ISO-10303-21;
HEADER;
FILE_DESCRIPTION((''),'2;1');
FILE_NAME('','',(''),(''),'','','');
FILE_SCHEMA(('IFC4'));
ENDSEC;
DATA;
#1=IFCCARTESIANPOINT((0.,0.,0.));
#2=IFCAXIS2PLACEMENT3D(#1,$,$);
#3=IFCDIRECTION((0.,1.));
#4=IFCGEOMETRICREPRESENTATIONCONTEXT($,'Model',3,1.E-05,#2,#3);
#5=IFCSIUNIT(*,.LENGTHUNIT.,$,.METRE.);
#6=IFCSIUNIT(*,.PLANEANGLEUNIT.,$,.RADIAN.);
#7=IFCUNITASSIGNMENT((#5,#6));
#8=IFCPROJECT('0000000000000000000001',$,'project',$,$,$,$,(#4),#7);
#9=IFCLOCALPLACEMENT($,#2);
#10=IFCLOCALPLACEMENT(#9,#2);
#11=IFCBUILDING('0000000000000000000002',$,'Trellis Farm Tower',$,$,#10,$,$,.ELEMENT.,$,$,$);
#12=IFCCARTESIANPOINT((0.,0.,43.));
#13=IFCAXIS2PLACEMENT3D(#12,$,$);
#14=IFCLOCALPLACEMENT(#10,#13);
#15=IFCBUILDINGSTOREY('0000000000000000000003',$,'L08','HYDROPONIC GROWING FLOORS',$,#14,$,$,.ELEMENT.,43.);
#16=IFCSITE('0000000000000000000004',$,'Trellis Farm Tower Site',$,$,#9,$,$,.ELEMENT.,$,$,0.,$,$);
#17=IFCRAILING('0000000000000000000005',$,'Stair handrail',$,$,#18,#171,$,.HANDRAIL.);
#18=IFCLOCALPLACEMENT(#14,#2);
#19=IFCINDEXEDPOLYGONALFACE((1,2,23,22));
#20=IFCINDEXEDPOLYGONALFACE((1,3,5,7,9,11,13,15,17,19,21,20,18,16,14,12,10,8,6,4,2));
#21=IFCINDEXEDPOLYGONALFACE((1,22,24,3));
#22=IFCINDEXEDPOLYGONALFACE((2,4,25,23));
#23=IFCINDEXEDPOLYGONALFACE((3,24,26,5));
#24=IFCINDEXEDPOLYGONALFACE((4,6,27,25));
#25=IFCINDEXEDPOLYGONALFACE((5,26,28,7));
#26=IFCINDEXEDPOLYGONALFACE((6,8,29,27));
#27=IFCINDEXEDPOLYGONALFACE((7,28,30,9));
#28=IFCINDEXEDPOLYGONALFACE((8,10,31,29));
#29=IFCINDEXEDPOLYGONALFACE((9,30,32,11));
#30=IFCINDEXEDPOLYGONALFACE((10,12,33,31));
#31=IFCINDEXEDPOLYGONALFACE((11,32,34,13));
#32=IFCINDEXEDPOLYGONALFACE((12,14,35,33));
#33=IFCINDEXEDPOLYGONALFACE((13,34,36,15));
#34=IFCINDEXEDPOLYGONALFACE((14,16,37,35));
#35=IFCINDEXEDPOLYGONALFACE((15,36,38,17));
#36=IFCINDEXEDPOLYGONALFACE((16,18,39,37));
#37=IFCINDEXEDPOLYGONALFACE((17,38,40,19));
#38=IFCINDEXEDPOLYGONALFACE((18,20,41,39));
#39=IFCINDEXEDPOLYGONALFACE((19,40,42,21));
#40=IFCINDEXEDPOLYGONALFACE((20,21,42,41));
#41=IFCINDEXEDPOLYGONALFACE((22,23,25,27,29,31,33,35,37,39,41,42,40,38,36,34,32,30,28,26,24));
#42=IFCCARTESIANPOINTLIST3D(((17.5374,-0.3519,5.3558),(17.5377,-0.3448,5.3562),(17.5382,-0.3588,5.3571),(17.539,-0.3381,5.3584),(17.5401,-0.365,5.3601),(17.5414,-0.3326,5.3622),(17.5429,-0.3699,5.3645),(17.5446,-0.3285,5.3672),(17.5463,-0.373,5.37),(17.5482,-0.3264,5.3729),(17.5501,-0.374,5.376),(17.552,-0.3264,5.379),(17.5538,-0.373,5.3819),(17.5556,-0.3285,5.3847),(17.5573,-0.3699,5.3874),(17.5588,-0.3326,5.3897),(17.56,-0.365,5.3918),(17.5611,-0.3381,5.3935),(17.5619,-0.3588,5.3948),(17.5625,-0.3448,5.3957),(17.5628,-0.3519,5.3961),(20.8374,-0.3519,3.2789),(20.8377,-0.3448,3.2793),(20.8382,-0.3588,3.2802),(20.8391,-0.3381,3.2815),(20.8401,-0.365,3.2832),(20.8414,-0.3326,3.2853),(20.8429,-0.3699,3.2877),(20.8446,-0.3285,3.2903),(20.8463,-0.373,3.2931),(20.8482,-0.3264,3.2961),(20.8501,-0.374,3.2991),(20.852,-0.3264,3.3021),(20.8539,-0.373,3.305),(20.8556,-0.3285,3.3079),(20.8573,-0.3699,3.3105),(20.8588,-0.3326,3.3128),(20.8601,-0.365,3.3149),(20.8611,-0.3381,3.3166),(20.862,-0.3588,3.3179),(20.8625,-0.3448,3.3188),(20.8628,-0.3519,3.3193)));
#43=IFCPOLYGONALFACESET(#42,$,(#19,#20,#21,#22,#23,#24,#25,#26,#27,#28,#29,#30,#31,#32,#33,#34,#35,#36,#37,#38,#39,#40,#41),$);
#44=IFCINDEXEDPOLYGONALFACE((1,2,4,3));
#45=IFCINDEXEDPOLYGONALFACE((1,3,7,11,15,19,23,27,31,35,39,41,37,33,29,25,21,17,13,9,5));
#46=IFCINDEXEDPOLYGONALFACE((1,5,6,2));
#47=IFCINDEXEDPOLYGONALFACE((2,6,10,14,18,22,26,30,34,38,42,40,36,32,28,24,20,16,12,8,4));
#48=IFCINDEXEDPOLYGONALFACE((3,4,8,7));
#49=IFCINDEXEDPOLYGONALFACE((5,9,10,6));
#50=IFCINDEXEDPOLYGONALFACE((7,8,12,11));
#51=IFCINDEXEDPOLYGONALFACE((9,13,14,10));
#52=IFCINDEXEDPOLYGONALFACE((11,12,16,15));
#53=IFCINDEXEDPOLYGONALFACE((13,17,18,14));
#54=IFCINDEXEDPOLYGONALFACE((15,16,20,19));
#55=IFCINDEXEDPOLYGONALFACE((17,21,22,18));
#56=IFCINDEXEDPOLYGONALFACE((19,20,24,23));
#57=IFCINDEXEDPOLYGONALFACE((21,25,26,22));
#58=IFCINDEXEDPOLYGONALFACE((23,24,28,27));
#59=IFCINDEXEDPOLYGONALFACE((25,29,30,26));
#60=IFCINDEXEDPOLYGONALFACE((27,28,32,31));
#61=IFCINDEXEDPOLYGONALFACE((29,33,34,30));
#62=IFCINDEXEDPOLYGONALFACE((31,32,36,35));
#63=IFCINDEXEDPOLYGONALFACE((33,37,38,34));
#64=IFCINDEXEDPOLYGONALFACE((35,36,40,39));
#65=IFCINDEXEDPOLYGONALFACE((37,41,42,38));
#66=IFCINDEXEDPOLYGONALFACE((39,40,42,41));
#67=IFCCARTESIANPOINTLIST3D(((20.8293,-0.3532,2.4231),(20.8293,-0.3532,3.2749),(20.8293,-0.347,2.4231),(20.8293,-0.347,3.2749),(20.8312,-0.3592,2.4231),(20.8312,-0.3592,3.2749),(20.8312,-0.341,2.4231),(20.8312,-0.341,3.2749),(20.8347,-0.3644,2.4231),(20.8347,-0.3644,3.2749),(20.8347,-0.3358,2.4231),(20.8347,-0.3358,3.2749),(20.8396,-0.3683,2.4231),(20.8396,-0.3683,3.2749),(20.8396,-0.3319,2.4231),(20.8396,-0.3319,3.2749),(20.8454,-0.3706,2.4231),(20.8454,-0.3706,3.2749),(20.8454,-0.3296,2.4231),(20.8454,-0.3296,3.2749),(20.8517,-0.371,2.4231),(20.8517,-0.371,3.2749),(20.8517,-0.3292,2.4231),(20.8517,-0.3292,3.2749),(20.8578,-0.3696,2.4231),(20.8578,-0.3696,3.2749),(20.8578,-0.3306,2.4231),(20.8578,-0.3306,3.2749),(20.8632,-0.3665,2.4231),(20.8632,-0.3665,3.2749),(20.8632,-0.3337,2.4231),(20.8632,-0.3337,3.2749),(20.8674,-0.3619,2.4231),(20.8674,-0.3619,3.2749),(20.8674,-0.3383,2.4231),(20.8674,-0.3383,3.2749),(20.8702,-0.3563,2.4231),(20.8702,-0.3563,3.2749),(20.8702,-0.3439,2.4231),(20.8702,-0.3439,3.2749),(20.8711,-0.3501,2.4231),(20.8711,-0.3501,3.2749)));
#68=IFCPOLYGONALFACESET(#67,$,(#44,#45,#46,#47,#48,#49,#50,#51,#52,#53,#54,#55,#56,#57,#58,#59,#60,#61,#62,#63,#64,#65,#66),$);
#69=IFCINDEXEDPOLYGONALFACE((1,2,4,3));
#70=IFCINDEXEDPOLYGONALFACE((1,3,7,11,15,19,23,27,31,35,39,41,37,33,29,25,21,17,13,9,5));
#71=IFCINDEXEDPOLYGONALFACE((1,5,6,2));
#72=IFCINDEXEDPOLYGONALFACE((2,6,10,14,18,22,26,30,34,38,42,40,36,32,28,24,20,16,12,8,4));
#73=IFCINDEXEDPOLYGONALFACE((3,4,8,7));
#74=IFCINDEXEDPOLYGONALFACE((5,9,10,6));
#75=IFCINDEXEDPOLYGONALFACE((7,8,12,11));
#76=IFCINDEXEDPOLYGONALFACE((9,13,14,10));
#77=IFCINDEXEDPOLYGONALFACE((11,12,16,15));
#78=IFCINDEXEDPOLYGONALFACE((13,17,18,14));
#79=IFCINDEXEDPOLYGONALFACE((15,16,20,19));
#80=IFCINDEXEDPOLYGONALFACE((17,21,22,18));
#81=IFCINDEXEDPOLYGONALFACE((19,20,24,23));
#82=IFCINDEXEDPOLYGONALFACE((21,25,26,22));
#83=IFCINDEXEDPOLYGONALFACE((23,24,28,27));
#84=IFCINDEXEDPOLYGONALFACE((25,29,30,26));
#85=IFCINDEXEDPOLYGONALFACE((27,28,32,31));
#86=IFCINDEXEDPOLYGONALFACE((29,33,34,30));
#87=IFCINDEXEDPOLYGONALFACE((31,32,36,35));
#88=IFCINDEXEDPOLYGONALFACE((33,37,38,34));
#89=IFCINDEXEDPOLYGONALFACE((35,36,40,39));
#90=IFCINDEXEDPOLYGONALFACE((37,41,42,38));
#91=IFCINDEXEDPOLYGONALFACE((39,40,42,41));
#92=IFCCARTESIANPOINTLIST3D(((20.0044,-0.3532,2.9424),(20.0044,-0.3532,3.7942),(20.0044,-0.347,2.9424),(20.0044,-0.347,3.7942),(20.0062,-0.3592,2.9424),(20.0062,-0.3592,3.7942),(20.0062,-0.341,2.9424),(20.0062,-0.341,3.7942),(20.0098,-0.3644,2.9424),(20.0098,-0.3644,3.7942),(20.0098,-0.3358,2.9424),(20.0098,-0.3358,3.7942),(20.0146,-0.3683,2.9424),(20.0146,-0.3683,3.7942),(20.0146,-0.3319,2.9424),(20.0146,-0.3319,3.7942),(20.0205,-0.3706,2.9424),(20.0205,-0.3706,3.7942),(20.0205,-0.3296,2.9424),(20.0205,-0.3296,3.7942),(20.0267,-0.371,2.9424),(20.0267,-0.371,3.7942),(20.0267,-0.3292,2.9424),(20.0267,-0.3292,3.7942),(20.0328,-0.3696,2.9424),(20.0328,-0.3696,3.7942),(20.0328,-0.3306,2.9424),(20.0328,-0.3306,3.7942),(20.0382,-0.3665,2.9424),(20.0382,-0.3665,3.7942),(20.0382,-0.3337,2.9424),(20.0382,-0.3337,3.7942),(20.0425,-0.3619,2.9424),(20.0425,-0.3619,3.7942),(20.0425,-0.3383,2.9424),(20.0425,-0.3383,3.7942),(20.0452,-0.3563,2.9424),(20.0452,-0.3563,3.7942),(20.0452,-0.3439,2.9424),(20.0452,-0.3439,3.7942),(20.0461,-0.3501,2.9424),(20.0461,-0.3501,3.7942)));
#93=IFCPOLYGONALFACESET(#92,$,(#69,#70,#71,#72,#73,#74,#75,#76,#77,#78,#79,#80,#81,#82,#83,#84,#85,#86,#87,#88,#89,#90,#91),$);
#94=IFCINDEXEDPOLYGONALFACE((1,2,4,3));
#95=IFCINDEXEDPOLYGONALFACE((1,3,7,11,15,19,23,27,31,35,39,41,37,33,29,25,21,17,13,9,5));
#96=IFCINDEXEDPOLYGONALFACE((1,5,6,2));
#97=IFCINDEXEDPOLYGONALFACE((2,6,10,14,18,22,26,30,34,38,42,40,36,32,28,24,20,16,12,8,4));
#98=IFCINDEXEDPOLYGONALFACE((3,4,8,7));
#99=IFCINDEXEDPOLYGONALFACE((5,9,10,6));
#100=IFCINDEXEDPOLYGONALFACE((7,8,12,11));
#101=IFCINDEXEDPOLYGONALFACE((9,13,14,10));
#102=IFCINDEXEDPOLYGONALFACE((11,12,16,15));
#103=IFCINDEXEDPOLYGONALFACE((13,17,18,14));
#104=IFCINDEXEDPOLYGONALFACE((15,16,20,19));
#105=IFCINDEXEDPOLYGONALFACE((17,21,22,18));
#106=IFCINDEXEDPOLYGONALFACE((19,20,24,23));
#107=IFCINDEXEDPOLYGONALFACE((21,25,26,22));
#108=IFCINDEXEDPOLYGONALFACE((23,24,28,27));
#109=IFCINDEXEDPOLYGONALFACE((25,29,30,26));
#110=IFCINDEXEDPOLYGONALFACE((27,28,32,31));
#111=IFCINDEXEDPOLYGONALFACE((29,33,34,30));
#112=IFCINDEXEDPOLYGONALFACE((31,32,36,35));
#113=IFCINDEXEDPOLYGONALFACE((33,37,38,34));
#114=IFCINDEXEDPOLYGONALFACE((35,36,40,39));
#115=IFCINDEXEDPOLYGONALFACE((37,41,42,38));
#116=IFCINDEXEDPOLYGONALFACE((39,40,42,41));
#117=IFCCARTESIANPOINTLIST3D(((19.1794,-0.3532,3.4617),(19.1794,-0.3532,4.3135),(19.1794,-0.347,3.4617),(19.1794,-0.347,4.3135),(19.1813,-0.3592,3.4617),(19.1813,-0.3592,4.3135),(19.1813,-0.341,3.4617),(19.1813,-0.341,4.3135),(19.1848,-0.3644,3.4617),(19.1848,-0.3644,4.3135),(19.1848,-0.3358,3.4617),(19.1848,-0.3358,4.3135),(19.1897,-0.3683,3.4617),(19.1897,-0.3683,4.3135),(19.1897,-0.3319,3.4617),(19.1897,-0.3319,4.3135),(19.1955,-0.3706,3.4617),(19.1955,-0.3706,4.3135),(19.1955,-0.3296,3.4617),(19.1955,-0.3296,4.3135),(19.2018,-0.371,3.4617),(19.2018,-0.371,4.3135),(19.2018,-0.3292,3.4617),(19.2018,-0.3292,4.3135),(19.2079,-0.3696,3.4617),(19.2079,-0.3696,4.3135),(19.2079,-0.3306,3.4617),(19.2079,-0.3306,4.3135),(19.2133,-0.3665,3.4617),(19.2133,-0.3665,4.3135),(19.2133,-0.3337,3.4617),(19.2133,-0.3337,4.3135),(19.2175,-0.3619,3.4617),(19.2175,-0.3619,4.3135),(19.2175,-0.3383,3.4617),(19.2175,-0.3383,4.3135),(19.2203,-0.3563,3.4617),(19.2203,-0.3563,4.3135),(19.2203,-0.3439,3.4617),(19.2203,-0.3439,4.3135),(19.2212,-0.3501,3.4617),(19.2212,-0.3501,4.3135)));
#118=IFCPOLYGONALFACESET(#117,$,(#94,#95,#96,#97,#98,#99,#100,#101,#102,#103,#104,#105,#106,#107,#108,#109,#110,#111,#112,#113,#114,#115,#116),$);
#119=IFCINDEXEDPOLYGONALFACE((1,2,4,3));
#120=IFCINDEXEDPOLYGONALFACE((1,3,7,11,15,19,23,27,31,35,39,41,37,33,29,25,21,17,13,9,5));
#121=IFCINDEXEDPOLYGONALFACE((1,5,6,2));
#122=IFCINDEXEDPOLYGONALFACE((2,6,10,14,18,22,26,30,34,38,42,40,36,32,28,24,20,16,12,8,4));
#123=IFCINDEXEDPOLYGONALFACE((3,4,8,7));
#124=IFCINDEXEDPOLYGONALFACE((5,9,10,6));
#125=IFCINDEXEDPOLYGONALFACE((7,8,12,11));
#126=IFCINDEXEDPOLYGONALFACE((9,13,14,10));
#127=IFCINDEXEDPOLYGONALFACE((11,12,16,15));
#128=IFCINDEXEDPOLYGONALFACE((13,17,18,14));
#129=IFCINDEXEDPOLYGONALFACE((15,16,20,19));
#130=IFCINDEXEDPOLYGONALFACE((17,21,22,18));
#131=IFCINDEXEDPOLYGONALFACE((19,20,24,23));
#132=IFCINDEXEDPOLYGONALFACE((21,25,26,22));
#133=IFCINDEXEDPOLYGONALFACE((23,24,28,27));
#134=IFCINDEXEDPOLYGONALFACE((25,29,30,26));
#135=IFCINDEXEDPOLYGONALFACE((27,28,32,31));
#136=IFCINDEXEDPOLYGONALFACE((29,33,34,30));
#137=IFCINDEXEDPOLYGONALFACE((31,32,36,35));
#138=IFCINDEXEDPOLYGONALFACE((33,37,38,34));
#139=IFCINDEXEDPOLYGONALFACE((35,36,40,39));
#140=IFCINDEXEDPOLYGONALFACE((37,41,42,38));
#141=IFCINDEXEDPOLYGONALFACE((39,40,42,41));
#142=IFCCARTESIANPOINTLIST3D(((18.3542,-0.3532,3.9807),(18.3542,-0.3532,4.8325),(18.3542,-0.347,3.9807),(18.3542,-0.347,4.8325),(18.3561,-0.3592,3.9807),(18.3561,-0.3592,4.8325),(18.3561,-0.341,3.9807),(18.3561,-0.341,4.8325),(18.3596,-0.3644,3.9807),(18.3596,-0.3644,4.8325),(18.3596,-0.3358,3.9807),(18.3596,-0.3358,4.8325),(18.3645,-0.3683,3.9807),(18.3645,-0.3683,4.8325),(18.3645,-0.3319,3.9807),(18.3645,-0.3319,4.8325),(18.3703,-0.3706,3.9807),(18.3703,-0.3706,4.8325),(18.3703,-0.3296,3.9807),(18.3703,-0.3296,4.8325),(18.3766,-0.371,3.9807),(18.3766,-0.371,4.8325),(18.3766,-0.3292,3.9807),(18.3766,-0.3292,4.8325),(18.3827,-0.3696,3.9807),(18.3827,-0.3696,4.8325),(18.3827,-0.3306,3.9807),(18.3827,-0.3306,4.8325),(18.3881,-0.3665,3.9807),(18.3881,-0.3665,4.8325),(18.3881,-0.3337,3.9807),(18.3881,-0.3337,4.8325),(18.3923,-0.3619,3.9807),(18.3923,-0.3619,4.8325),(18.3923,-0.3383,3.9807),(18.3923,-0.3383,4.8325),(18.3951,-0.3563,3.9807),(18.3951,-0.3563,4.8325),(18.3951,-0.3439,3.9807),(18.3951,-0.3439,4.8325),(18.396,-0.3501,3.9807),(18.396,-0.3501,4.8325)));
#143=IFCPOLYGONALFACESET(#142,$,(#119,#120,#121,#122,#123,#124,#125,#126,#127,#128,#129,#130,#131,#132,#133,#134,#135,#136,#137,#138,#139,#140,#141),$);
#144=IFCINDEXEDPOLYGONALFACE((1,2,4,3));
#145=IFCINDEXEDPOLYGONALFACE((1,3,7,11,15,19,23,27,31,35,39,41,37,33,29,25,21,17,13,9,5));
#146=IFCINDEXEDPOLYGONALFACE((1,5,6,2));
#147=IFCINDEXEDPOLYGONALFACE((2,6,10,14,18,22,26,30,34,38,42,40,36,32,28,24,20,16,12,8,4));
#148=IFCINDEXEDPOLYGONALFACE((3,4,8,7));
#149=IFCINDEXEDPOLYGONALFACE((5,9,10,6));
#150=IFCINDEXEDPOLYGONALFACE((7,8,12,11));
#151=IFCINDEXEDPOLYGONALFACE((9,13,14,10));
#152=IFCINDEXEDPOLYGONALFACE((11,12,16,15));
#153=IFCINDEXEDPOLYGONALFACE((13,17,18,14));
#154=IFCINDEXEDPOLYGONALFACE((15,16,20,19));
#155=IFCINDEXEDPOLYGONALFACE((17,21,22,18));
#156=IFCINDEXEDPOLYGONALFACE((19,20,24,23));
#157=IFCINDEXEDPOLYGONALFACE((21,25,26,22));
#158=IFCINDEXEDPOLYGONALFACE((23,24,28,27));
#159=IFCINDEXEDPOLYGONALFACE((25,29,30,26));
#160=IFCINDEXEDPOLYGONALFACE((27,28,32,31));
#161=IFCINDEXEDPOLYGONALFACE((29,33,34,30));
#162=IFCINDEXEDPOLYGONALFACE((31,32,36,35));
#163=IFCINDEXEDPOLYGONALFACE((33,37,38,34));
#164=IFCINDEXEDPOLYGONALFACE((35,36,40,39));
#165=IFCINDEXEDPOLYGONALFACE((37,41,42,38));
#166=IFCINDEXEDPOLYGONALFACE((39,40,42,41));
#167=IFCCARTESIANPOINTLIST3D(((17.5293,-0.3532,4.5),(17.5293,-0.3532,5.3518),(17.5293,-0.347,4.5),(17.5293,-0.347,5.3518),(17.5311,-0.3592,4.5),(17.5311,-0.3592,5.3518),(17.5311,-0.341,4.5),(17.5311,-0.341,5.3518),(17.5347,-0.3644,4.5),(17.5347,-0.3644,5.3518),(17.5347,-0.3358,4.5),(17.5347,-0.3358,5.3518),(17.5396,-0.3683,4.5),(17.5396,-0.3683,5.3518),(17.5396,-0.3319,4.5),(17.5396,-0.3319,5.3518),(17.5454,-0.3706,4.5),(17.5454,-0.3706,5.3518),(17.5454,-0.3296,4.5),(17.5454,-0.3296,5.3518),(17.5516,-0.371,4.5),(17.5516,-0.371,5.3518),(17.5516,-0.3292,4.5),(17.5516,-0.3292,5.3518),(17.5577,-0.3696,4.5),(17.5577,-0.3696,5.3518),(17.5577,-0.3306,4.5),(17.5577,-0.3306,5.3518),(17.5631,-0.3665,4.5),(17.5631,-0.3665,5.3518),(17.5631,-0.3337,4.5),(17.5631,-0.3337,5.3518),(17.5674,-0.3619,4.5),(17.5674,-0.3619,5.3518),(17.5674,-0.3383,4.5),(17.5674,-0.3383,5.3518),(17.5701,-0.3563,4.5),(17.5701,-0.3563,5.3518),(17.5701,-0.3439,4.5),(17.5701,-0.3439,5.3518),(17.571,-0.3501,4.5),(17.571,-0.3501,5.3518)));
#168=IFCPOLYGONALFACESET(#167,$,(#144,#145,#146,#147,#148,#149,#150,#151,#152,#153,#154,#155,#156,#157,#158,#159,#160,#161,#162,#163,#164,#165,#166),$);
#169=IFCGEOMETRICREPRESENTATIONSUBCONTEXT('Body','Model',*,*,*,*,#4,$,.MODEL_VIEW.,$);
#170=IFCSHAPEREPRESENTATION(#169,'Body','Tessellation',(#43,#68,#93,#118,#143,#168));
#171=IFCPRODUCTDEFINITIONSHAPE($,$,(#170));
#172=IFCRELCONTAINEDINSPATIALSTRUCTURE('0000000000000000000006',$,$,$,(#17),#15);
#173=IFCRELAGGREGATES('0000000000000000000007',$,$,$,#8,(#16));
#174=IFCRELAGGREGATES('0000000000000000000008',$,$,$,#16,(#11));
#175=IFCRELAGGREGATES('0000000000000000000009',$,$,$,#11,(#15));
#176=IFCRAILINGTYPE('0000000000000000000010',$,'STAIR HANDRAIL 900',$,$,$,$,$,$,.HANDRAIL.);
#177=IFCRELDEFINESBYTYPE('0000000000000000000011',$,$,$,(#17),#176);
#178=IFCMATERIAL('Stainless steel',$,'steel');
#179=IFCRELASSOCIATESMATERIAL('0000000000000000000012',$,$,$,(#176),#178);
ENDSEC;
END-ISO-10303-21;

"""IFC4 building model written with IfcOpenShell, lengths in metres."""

from ifc_helpers import new_model, si_unit, direction, frame, origin, origin_2d, place, context, subcontext, project, spatial, circle, extrude, source, transform, mapped, material, type_object, element, save


model = new_model("IFC4")

# Units and contexts
model_context = context("Model", 3, precision=1e-05, world=origin(), true_north=direction((0.0, 1.0)))
body_context = subcontext(model_context, "Body", "Model", "MODEL_VIEW")
ifc_project = project(units=[si_unit("LENGTHUNIT", "METRE"), si_unit("PLANEANGLEUNIT", "RADIAN")], contexts=[model_context])

# Site, building, storey
site_placement = place(None, origin())
site = spatial("IfcSite", under=ifc_project, at=site_placement, Name="Trellis Farm Tower Site", CompositionType="ELEMENT", RefElevation=0.0)
building_placement = place(site_placement, origin())
building = spatial("IfcBuilding", under=site, at=building_placement, Name="Trellis Farm Tower", CompositionType="ELEMENT")
storey_placement = place(building_placement, frame((0.0, 0.0, 43.0)))
storey = spatial("IfcBuildingStorey", under=building, at=storey_placement, Name="L08", Description="HYDROPONIC GROWING FLOORS", CompositionType="ELEMENT", Elevation=43.0)

# Railing
ifc_material_1 = material(Name="Stainless steel", Category="steel")
railing_type = type_object("IfcRailingType", Name="STAIR HANDRAIL 900", PredefinedType="HANDRAIL", material=ifc_material_1)
shared_shape_1 = source(origin(), body_context, "Body", "SweptSolid", [
    extrude(circle(Radius=0.0239, at=origin_2d()), frame((0.0, 0.0, 0.876), z_axis=(-0.846337, 0.0, 0.532647), x_axis=(0.0, -1.0, 0.0)), (0.0, 0.0, 1.0), 3.8992),
    extrude(circle(Radius=0.021, at=origin_2d()), origin(), (0.0, 0.0, 1.0), 0.8518),
    extrude(circle(Radius=0.021, at=origin_2d()), frame((-0.825, 0.0, 0.5193)), (0.0, 0.0, 1.0), 0.8518),
    extrude(circle(Radius=0.021, at=origin_2d()), frame((-1.6499, 0.0, 1.0386)), (0.0, 0.0, 1.0), 0.8518),
    extrude(circle(Radius=0.021, at=origin_2d()), frame((-2.4751, 0.0, 1.5576)), (0.0, 0.0, 1.0), 0.8518),
    extrude(circle(Radius=0.021, at=origin_2d()), frame((-3.3, 0.0, 2.0769)), (0.0, 0.0, 1.0), 0.8518),
])
for number, where, name in (
    (1, (20.8501, -0.3501, 2.4231), "Stair handrail"),
):
    element("IfcRailing", number, at=place(storey_placement, frame(where)), inside=storey, type_object=railing_type, Name=name, PredefinedType="HANDRAIL", context=body_context, shape_type="MappedRepresentation", body=[
        mapped(shared_shape_1, transform((0.0, 0.0, 0.0))),
    ])

save(model, "model.ifc")
